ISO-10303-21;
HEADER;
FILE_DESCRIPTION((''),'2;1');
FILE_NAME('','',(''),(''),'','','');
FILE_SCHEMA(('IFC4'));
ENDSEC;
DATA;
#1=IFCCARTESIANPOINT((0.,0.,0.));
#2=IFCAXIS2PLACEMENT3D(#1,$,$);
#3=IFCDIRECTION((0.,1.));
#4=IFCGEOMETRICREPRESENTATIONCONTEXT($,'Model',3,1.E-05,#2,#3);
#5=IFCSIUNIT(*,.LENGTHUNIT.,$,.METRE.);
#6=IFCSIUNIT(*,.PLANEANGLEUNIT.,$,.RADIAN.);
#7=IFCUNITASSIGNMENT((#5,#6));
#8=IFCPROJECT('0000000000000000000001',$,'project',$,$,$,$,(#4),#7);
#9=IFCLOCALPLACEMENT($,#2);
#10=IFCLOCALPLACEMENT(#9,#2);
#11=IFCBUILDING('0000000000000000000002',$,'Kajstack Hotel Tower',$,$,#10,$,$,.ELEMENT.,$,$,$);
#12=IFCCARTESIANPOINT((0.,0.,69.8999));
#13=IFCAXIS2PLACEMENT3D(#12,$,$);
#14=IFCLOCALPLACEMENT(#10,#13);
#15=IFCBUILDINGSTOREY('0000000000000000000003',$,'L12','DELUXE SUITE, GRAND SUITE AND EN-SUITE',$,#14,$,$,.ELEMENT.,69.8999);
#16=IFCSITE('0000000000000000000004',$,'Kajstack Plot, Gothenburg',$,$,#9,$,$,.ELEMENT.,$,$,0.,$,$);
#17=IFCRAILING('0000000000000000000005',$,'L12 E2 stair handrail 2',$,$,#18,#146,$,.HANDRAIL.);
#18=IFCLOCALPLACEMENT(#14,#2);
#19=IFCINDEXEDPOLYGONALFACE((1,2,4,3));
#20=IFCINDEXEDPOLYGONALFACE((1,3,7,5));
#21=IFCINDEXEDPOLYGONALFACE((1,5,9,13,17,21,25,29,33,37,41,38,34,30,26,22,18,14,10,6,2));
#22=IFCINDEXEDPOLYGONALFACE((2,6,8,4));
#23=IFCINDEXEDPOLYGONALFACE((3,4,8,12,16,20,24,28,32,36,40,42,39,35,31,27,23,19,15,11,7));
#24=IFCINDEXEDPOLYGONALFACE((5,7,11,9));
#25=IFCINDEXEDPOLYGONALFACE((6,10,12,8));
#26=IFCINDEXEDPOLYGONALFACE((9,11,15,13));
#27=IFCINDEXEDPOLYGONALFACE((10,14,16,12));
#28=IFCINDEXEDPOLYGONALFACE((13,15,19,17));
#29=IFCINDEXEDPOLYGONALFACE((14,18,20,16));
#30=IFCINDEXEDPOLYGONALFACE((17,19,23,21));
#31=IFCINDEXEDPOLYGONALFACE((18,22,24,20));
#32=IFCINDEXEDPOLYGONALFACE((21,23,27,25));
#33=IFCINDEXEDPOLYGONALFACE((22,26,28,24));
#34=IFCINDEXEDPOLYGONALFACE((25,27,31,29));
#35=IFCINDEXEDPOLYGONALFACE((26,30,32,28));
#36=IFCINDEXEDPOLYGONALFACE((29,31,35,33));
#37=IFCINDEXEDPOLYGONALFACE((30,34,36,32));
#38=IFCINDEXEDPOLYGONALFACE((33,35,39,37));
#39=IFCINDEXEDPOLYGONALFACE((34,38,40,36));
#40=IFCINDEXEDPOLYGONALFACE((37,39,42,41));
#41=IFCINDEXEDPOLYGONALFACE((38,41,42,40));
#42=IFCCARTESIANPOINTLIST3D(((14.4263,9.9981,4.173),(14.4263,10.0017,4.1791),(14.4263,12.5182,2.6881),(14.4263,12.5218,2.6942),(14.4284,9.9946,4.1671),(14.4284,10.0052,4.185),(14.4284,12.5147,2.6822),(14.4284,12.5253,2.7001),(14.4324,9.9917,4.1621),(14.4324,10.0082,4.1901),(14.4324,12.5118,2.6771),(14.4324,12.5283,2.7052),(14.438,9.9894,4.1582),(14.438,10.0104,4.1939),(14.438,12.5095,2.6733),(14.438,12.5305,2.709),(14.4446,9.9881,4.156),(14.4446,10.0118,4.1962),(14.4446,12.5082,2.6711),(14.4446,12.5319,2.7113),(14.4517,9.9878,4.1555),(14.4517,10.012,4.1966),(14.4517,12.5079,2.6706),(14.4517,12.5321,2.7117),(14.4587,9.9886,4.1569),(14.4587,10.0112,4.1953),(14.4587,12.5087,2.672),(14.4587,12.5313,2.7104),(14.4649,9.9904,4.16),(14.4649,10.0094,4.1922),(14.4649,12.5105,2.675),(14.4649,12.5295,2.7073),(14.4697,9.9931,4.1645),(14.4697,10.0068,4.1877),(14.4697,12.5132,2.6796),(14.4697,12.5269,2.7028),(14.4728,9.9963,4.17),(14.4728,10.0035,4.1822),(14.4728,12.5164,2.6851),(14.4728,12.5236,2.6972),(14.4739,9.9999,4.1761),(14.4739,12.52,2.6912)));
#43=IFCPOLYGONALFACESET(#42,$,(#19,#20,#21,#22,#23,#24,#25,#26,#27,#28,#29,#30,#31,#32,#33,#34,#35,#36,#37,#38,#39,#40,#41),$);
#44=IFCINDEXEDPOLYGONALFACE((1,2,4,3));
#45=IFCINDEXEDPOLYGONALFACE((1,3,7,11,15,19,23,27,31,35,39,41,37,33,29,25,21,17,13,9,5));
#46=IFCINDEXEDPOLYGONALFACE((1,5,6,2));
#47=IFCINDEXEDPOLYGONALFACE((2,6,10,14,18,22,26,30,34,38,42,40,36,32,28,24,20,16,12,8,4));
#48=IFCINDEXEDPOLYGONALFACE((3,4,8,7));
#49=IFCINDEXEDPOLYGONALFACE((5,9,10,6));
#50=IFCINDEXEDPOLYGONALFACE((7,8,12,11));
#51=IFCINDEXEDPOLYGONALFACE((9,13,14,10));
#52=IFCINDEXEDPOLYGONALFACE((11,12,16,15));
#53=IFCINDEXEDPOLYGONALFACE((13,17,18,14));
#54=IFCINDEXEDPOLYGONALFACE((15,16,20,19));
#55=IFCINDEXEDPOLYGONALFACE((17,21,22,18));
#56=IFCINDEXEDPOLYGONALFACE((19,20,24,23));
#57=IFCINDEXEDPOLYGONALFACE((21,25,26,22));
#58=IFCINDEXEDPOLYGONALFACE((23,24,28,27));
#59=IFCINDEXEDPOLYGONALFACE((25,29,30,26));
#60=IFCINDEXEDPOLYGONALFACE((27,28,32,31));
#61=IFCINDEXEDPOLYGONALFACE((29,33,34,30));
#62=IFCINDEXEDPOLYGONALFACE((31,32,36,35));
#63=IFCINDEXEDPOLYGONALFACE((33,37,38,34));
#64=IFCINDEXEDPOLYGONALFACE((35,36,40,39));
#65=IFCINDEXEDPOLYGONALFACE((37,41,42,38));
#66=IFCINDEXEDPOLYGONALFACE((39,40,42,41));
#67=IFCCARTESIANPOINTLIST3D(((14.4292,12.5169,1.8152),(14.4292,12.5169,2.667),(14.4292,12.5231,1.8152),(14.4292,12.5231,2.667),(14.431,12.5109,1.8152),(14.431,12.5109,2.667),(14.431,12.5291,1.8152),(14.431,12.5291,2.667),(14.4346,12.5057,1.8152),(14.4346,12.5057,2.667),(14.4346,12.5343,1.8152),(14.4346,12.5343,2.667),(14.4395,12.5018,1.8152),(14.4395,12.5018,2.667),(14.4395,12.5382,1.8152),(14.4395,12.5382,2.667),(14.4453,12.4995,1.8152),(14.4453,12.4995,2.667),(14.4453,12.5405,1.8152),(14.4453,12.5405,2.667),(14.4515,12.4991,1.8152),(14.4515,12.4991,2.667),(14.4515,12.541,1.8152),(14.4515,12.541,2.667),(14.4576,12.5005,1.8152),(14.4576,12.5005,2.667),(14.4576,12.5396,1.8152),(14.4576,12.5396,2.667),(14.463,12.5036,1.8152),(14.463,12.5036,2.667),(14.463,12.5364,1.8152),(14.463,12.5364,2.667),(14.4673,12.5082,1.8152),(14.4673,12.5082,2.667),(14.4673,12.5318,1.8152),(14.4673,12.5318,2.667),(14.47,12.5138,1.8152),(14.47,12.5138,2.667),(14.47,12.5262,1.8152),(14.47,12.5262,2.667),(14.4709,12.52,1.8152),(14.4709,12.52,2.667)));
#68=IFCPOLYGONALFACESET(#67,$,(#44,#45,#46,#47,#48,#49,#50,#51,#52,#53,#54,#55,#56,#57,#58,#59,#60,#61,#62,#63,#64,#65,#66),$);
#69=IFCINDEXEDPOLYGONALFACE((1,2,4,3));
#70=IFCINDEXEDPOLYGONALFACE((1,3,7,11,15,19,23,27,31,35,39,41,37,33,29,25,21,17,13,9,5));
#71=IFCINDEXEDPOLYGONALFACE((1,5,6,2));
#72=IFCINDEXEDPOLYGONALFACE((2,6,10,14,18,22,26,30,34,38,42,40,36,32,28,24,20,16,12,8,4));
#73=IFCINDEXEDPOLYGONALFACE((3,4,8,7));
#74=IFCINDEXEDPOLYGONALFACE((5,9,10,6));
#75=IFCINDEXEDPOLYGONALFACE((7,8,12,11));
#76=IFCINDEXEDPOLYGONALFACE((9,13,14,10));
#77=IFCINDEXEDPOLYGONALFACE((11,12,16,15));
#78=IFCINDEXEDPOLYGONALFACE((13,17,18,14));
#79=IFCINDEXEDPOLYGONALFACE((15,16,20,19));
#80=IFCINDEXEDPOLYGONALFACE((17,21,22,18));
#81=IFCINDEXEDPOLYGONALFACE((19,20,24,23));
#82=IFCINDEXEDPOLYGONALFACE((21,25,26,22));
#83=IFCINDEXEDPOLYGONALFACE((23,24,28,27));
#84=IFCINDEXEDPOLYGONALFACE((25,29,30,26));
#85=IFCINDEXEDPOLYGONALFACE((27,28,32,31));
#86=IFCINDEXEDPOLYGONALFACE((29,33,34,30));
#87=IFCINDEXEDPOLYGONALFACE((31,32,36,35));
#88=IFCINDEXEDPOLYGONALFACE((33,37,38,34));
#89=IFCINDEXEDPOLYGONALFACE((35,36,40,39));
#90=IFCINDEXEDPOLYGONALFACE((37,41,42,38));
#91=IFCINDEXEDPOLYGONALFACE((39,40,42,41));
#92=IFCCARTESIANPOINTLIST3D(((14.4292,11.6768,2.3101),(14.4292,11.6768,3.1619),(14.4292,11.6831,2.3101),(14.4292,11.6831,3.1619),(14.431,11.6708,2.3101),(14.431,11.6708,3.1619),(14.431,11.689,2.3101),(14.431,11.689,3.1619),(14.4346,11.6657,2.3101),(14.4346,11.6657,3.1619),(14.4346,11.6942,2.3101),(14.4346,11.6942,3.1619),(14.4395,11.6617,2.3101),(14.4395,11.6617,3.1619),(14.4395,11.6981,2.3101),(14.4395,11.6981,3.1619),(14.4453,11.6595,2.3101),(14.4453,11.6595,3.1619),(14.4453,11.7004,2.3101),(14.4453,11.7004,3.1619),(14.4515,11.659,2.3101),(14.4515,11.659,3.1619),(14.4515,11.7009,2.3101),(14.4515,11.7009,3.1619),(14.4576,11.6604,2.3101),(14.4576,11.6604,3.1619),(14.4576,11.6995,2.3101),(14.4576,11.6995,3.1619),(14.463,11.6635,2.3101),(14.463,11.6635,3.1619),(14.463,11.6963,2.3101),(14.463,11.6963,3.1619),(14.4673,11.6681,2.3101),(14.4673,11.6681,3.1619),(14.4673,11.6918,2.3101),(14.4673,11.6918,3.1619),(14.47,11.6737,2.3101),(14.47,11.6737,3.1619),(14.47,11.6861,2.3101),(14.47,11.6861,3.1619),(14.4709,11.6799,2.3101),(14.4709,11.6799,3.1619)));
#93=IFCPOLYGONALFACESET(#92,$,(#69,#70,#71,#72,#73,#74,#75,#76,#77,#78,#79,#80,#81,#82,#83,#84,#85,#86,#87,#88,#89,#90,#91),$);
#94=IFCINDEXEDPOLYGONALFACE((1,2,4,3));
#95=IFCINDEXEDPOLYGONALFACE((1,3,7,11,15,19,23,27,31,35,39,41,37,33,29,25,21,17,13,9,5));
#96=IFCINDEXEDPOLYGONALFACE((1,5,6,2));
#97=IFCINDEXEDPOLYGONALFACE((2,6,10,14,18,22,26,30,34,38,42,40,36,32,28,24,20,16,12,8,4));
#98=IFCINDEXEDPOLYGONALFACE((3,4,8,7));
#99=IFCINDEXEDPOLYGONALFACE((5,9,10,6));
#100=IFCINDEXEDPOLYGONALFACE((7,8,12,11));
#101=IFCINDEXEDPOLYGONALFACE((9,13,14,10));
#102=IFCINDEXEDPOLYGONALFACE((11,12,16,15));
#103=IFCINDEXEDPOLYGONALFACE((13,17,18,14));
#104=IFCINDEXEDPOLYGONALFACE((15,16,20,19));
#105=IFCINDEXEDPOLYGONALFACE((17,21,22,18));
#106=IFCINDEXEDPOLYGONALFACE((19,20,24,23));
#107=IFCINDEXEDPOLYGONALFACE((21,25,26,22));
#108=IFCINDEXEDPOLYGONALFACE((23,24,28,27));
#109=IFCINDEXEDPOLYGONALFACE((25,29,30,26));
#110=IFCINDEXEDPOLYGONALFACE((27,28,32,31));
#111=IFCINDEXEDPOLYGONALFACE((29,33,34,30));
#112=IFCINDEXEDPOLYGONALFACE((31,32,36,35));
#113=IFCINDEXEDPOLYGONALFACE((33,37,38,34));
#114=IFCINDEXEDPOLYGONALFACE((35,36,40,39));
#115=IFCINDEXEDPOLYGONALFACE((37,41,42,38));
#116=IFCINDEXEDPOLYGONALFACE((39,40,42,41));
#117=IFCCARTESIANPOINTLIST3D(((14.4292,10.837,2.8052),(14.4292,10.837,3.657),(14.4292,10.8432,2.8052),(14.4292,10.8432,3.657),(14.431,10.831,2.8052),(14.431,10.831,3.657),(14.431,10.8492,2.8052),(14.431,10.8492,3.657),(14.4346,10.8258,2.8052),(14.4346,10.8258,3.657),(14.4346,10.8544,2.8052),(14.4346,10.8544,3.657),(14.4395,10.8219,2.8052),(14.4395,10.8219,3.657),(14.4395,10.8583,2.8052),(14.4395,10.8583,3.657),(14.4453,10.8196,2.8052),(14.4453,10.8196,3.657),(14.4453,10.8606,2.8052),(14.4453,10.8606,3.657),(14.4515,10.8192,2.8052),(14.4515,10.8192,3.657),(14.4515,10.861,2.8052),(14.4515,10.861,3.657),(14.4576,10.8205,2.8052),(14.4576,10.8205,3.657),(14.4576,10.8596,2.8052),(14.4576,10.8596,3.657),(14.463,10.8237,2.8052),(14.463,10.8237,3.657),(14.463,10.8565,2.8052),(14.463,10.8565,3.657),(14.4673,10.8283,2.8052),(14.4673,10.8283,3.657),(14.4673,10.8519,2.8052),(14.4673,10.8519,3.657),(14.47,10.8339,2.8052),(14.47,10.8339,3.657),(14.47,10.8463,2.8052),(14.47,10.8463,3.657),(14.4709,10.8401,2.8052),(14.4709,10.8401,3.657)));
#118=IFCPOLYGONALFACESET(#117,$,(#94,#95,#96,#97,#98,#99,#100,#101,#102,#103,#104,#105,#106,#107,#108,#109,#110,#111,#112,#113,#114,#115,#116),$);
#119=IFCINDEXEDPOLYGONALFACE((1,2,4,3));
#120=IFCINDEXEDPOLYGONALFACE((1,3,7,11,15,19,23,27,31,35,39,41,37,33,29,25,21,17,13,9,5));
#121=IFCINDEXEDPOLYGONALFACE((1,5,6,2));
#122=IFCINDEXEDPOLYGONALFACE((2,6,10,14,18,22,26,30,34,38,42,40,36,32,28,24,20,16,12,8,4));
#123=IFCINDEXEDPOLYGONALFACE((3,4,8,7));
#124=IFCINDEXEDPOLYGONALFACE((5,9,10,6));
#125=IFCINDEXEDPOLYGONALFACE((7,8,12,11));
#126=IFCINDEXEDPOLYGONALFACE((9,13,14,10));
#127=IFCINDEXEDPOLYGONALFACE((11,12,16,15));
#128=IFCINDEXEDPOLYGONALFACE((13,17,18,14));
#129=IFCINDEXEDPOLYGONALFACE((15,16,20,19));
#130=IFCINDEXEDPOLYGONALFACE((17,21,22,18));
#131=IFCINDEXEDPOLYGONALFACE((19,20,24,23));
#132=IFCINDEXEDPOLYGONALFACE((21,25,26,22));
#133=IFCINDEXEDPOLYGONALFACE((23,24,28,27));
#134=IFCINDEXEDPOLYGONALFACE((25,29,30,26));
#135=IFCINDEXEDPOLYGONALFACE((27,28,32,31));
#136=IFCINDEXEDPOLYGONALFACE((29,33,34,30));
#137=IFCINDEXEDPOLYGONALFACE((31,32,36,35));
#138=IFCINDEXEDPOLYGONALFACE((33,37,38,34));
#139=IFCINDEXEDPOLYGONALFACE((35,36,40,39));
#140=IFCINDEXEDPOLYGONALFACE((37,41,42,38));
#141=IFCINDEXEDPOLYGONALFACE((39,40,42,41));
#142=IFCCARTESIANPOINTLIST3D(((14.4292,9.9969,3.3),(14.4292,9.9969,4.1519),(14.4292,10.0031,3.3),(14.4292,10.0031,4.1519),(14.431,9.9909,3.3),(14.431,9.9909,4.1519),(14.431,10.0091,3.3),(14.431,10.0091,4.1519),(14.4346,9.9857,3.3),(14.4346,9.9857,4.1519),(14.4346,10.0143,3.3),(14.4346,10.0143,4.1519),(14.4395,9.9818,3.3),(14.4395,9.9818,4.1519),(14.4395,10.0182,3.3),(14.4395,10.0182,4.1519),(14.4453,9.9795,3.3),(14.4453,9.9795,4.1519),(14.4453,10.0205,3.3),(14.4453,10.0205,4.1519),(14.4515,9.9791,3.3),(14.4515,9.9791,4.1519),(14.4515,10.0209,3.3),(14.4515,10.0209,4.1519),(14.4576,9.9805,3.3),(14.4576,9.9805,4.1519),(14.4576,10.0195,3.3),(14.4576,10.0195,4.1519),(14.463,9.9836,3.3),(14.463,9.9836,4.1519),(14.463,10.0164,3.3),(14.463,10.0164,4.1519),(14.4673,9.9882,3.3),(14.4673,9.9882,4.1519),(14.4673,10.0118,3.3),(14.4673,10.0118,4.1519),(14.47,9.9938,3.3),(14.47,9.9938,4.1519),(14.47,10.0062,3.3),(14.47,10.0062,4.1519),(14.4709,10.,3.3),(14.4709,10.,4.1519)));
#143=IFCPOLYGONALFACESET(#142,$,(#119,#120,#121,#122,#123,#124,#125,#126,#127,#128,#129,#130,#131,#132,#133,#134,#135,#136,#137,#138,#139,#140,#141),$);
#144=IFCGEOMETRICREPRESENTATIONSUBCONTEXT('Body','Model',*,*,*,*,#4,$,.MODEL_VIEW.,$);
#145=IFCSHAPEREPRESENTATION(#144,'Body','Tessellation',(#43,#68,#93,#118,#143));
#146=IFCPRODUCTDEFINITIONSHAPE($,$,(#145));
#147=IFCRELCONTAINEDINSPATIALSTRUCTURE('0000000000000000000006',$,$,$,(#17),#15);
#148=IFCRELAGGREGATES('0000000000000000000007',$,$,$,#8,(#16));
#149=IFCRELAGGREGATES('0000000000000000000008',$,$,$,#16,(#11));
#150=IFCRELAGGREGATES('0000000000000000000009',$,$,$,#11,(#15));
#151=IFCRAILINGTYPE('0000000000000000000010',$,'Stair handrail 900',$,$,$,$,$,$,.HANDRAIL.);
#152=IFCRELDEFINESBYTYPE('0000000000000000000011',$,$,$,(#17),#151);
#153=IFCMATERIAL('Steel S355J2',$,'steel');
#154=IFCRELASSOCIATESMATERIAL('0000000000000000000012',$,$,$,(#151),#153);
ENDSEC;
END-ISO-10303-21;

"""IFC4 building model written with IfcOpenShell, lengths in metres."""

from ifc_helpers import new_model, si_unit, direction, frame, origin, origin_2d, place, context, subcontext, project, spatial, circle, extrude, material, type_object, element, save


model = new_model("IFC4")

# Units and contexts
model_context = context("Model", 3, precision=1e-05, world=origin(), true_north=direction((0.0, 1.0)))
body_context = subcontext(model_context, "Body", "Model", "MODEL_VIEW")
ifc_project = project(units=[si_unit("LENGTHUNIT", "METRE"), si_unit("PLANEANGLEUNIT", "RADIAN")], contexts=[model_context])

# Site, building, storey
site_placement = place(None, origin())
site = spatial("IfcSite", under=ifc_project, at=site_placement, Name="Kajstack Plot, Gothenburg", CompositionType="ELEMENT", RefElevation=0.0)
building_placement = place(site_placement, origin())
building = spatial("IfcBuilding", under=site, at=building_placement, Name="Kajstack Hotel Tower", CompositionType="ELEMENT")
storey_placement = place(building_placement, frame((0.0, 0.0, 69.8999)))
storey = spatial("IfcBuildingStorey", under=building, at=storey_placement, Name="L12", Description="DELUXE SUITE, GRAND SUITE AND EN-SUITE", CompositionType="ELEMENT", Elevation=69.8999)

# Railing
ifc_material_1 = material(Name="Steel S355J2", Category="steel")
railing_type = type_object("IfcRailingType", Name="Stair handrail 900", PredefinedType="HANDRAIL", material=ifc_material_1)
railing_placement = place(storey_placement, frame((14.45, 12.52, 1.8152)))
element("IfcRailing", 1, at=railing_placement, inside=storey, type_object=railing_type, Name="L12 E2 stair handrail 2", PredefinedType="HANDRAIL", context=body_context, shape_type="SweptSolid", body=[
    extrude(circle(Radius=0.0239, at=origin_2d()), frame((0.0, 0.0, 0.876), z_axis=(0.0, -0.861561, 0.507655), x_axis=(1.0, 0.0, 0.0)), (0.0, 0.0, 1.0), 2.925),
    extrude(circle(Radius=0.021, at=origin_2d()), origin(), (0.0, 0.0, 1.0), 0.8518),
    extrude(circle(Radius=0.021, at=origin_2d()), frame((0.0, -0.8401, 0.4949)), (0.0, 0.0, 1.0), 0.8518),
    extrude(circle(Radius=0.021, at=origin_2d()), frame((0.0, -1.6799, 0.99)), (0.0, 0.0, 1.0), 0.8518),
    extrude(circle(Radius=0.021, at=origin_2d()), frame((0.0, -2.52, 1.4849)), (0.0, 0.0, 1.0), 0.8518),
])

save(model, "model.ifc")
